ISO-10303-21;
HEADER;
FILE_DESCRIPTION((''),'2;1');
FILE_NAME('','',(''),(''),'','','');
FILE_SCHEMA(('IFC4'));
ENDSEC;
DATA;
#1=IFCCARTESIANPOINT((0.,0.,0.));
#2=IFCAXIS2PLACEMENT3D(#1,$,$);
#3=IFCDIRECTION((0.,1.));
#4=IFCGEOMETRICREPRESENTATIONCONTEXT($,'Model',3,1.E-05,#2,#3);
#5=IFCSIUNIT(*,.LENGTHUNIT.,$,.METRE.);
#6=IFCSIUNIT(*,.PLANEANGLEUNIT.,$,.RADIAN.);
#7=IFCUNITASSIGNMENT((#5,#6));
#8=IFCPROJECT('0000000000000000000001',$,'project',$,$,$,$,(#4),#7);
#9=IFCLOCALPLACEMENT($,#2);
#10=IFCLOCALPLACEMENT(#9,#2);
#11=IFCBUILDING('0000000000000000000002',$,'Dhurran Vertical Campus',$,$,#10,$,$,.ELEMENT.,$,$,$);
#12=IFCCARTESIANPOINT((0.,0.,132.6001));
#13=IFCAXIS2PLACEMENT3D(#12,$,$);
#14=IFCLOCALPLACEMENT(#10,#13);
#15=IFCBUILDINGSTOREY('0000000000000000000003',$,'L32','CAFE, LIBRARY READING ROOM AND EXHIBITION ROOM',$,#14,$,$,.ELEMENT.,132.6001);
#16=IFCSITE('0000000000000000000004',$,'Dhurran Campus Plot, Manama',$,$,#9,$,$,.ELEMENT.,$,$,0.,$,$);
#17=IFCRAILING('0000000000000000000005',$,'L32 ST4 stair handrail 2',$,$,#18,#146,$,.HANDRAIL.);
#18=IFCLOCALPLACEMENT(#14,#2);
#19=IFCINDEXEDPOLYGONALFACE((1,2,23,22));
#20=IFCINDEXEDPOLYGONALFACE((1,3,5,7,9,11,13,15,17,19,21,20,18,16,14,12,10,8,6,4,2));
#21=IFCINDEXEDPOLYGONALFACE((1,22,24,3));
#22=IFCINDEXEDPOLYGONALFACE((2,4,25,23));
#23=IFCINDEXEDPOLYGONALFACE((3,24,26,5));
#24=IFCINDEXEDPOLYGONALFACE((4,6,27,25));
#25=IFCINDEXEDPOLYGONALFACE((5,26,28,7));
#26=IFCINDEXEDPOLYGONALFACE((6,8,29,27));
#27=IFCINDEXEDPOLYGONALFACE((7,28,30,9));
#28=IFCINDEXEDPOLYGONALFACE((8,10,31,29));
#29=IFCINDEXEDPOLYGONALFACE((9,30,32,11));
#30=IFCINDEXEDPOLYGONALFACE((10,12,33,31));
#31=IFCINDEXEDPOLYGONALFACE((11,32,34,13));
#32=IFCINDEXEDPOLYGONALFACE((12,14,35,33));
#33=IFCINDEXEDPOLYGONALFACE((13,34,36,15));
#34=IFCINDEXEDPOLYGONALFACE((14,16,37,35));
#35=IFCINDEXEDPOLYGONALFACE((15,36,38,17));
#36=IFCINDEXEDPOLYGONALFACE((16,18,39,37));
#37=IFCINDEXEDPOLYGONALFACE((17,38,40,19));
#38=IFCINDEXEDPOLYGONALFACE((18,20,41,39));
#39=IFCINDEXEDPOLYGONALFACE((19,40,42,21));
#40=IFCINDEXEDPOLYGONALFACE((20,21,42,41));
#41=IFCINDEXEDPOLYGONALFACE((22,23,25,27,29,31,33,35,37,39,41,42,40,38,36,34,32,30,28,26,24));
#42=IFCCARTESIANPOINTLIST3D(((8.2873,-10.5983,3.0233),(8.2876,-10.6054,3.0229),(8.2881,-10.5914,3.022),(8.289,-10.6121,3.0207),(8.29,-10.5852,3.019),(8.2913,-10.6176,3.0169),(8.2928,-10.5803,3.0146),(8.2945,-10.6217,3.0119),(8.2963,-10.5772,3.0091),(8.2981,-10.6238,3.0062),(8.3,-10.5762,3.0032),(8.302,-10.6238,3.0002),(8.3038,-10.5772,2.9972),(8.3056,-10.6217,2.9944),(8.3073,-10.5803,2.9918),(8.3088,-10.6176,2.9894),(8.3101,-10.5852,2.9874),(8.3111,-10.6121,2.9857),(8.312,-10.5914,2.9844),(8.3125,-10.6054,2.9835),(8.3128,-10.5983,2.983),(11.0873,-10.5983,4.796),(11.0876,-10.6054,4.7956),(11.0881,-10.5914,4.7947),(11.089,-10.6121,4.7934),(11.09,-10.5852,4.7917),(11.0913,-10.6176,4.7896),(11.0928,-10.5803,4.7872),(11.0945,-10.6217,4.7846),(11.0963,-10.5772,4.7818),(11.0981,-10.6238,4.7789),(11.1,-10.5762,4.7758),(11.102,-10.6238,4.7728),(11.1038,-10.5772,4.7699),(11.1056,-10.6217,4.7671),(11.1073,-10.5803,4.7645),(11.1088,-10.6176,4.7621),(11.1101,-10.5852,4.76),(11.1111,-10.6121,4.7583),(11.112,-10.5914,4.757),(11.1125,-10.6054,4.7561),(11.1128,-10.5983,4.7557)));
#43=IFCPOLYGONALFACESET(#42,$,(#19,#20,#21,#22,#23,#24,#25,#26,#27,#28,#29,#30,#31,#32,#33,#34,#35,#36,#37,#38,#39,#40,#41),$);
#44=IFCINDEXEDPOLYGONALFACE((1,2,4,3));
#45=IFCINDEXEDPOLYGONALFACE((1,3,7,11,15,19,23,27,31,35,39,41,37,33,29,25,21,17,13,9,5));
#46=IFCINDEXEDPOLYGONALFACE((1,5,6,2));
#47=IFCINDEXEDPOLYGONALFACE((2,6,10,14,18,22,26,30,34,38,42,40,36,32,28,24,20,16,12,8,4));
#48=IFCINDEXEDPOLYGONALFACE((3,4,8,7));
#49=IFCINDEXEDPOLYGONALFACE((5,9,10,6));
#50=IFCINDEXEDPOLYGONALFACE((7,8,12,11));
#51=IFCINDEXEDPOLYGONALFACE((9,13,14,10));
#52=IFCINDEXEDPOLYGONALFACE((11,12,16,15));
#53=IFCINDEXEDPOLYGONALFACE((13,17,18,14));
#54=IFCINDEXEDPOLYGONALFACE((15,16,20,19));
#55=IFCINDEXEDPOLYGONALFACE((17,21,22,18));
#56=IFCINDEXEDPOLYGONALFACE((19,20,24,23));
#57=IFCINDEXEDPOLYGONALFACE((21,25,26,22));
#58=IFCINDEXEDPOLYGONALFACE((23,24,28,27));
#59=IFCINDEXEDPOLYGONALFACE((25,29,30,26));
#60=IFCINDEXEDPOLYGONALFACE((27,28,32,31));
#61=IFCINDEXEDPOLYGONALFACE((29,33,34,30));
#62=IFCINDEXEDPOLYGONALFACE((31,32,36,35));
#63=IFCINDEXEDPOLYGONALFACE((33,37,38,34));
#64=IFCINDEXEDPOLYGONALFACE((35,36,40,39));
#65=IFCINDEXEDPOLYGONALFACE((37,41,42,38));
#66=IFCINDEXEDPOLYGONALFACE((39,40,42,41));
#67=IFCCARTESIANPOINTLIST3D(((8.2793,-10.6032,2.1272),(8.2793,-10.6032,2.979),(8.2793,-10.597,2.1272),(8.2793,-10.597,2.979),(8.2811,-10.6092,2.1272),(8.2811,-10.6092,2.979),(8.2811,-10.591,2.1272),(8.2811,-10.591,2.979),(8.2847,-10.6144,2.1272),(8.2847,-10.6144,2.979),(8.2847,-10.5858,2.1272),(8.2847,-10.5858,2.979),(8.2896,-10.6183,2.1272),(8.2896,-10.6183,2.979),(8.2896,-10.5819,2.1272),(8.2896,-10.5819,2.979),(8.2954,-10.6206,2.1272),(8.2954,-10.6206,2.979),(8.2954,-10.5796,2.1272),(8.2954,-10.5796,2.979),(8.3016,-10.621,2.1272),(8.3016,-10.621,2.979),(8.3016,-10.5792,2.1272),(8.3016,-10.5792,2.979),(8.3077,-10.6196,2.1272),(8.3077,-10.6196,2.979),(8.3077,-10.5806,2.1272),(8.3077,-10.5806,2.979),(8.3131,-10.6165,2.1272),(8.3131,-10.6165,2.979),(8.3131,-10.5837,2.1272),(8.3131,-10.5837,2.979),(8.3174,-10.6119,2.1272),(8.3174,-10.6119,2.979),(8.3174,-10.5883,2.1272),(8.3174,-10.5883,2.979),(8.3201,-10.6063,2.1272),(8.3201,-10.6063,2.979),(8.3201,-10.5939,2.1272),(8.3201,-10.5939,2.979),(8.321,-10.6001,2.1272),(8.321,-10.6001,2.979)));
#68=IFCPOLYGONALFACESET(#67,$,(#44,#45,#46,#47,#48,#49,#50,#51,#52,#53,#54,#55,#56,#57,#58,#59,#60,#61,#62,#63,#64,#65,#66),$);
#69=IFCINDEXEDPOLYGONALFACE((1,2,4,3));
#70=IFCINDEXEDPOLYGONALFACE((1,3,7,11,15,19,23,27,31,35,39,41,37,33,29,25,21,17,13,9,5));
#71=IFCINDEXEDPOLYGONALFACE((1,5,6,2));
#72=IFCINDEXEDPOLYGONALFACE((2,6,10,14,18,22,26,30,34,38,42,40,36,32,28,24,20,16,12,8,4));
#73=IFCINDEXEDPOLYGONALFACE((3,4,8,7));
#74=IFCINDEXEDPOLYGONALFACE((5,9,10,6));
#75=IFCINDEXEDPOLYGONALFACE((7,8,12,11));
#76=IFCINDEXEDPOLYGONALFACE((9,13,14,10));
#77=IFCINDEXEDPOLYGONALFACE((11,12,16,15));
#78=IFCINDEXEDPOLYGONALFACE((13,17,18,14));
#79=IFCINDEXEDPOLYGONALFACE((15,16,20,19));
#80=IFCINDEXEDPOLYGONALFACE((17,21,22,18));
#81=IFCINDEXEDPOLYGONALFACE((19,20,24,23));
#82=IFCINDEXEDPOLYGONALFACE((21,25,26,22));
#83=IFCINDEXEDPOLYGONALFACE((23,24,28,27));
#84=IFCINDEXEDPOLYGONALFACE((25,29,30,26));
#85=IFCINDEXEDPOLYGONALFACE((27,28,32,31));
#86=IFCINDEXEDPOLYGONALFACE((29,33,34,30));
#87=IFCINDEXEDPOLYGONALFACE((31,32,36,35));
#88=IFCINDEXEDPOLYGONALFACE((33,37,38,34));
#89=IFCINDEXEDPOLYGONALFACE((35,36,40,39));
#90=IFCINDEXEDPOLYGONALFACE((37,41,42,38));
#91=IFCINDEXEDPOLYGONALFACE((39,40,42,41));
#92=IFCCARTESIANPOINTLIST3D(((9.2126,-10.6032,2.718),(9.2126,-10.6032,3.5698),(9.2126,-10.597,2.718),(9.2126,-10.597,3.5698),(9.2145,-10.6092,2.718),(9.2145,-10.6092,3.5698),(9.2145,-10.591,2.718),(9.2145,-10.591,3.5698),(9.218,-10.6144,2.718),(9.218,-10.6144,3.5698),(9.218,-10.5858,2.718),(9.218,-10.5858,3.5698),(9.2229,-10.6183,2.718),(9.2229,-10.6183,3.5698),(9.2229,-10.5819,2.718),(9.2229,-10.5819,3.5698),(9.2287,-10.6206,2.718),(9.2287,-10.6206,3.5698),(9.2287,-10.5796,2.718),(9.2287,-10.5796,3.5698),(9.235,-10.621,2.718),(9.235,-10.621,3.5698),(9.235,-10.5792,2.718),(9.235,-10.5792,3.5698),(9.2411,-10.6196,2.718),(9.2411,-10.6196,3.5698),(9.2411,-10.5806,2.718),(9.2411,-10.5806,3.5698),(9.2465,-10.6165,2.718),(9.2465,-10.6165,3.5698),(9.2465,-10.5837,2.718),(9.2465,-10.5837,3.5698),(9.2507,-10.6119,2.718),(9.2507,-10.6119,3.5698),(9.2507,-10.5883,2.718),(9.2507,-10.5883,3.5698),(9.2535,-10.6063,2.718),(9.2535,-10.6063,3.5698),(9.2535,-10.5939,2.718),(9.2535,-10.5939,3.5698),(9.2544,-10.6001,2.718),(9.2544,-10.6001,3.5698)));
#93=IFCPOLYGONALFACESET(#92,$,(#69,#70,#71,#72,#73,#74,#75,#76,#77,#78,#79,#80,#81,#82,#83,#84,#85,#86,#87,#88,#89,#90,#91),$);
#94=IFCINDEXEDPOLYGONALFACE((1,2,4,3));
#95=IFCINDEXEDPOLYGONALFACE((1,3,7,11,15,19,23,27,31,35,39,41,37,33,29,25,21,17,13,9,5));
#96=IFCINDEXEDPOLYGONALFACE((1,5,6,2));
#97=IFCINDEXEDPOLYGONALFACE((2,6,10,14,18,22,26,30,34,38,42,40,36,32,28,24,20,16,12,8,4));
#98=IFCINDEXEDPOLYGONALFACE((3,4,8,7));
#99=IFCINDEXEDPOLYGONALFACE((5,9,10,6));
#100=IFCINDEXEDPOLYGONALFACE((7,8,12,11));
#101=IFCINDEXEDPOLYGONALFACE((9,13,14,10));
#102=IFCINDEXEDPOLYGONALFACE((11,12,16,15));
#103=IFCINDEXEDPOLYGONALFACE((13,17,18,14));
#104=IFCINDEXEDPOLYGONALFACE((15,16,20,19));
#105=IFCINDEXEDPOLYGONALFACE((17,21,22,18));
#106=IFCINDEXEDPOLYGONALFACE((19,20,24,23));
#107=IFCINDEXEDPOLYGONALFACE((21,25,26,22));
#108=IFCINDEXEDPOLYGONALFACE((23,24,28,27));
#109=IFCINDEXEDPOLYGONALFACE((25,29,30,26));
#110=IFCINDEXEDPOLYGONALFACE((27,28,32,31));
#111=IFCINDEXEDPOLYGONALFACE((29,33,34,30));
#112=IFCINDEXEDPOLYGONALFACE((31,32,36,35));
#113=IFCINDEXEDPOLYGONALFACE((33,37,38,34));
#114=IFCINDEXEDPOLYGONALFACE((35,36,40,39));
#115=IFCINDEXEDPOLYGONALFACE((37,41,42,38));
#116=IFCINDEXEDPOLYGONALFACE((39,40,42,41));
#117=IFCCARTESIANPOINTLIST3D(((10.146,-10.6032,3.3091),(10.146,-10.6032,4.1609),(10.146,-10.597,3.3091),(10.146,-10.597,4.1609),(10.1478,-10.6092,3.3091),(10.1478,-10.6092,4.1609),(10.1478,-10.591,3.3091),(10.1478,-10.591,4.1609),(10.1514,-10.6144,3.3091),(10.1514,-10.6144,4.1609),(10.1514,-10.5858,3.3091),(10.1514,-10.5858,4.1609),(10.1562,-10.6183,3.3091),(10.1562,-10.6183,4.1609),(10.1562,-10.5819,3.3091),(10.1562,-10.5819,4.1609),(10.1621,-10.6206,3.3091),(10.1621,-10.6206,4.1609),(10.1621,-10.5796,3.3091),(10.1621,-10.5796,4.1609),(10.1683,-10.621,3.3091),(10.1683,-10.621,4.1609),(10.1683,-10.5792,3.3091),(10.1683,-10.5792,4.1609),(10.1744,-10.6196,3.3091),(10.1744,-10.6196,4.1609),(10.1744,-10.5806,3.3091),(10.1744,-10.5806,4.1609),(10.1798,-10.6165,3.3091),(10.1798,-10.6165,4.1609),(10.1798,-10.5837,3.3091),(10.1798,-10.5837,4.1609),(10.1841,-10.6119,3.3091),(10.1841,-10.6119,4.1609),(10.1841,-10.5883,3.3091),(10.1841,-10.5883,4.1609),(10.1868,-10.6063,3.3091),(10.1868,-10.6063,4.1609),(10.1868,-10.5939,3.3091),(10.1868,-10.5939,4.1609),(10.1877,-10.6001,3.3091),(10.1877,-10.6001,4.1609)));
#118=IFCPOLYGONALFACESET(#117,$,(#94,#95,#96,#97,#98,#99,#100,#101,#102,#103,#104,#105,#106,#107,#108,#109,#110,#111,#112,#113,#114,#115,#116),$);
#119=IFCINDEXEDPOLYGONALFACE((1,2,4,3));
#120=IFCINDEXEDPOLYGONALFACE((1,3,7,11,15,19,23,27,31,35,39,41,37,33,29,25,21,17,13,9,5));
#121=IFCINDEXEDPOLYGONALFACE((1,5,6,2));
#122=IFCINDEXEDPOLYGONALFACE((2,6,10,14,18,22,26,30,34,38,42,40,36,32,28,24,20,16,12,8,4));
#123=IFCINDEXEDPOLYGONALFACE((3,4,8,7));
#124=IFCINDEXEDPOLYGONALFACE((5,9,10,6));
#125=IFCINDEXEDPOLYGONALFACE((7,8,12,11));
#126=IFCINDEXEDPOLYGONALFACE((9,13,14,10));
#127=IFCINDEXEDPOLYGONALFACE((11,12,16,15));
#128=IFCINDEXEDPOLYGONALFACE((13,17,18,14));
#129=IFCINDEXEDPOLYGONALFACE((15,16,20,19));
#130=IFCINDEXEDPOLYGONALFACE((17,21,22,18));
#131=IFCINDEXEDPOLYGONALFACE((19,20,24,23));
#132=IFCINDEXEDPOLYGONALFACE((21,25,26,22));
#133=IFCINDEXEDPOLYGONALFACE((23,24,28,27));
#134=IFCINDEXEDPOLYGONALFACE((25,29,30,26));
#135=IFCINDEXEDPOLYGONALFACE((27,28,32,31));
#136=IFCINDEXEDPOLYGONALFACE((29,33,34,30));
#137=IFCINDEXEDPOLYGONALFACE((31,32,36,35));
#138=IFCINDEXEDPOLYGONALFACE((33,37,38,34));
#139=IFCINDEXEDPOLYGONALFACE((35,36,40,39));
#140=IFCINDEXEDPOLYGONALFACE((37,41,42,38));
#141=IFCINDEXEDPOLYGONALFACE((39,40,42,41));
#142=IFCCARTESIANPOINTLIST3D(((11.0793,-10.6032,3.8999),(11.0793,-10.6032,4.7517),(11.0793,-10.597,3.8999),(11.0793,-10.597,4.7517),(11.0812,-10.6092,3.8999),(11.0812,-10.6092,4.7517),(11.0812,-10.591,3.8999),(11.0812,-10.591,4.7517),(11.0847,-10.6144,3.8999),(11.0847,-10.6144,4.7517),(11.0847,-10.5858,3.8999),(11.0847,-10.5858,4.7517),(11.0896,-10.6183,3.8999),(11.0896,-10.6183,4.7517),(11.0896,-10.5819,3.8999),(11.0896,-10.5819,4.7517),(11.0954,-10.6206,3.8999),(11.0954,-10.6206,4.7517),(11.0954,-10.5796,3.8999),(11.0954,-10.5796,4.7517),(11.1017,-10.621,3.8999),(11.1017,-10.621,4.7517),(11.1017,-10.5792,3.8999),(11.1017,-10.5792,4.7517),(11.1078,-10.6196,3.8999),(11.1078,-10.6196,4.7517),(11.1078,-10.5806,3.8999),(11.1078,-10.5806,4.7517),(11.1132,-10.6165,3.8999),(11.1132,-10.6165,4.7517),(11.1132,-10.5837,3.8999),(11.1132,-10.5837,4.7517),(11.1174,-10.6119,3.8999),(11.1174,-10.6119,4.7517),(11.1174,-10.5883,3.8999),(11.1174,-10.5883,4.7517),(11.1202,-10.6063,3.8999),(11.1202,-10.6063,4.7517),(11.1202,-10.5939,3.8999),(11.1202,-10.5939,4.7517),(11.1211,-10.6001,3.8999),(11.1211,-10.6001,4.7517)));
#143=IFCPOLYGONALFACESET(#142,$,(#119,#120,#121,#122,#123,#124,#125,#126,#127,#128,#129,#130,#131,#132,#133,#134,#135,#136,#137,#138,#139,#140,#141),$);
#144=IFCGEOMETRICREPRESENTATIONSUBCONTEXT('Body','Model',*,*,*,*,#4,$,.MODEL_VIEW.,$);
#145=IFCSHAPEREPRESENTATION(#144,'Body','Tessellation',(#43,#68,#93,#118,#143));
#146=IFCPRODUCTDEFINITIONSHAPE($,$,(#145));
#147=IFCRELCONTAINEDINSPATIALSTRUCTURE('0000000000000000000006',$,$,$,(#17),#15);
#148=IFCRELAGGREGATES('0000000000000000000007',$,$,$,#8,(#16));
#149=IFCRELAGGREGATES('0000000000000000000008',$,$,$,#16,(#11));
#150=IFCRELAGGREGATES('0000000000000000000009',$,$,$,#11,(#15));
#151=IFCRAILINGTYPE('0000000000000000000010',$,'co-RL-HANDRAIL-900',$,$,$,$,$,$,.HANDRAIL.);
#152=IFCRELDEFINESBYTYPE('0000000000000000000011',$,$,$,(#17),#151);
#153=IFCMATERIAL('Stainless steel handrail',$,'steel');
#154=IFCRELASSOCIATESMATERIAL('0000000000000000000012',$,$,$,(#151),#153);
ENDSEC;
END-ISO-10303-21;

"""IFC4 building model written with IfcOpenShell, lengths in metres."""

from ifc_helpers import new_model, si_unit, direction, frame, origin, origin_2d, place, context, subcontext, project, spatial, circle, extrude, material, type_object, element, save


model = new_model("IFC4")

# Units and contexts
model_context = context("Model", 3, precision=1e-05, world=origin(), true_north=direction((0.0, 1.0)))
body_context = subcontext(model_context, "Body", "Model", "MODEL_VIEW")
ifc_project = project(units=[si_unit("LENGTHUNIT", "METRE"), si_unit("PLANEANGLEUNIT", "RADIAN")], contexts=[model_context])

# Site, building, storey
site_placement = place(None, origin())
site = spatial("IfcSite", under=ifc_project, at=site_placement, Name="Dhurran Campus Plot, Manama", CompositionType="ELEMENT", RefElevation=0.0)
building_placement = place(site_placement, origin())
building = spatial("IfcBuilding", under=site, at=building_placement, Name="Dhurran Vertical Campus", CompositionType="ELEMENT")
storey_placement = place(building_placement, frame((0.0, 0.0, 132.6001)))
storey = spatial("IfcBuildingStorey", under=building, at=storey_placement, Name="L32", Description="CAFE, LIBRARY READING ROOM AND EXHIBITION ROOM", CompositionType="ELEMENT", Elevation=132.6001)

# Railing
ifc_material_1 = material(Name="Stainless steel handrail", Category="steel")
railing_type_1 = type_object("IfcRailingType", Name="co-RL-HANDRAIL-900", PredefinedType="HANDRAIL", material=ifc_material_1)
railing_1_placement = place(storey_placement, frame((8.3, -10.6001, 2.1272)))
element("IfcRailing", 1, at=railing_1_placement, inside=storey, type_object=railing_type_1, Name="L32 ST4 stair handrail 2", PredefinedType="HANDRAIL", context=body_context, shape_type="SweptSolid", body=[
    extrude(circle(Radius=0.0239, at=origin_2d()), frame((0.0, 0.0, 0.876), z_axis=(0.844909, 0.0, 0.53491), x_axis=(0.0, 1.0, 0.0)), (0.0, 0.0, 1.0), 3.314),
    extrude(circle(Radius=0.021, at=origin_2d()), origin(), (0.0, 0.0, 1.0), 0.8518),
    extrude(circle(Radius=0.021, at=origin_2d()), frame((0.9333, 0.0, 0.5908)), (0.0, 0.0, 1.0), 0.8518),
    extrude(circle(Radius=0.021, at=origin_2d()), frame((1.8667, 0.0, 1.1819)), (0.0, 0.0, 1.0), 0.8518),
    extrude(circle(Radius=0.021, at=origin_2d()), frame((2.8, 0.0, 1.7727)), (0.0, 0.0, 1.0), 0.8518),
])

save(model, "model.ifc")
